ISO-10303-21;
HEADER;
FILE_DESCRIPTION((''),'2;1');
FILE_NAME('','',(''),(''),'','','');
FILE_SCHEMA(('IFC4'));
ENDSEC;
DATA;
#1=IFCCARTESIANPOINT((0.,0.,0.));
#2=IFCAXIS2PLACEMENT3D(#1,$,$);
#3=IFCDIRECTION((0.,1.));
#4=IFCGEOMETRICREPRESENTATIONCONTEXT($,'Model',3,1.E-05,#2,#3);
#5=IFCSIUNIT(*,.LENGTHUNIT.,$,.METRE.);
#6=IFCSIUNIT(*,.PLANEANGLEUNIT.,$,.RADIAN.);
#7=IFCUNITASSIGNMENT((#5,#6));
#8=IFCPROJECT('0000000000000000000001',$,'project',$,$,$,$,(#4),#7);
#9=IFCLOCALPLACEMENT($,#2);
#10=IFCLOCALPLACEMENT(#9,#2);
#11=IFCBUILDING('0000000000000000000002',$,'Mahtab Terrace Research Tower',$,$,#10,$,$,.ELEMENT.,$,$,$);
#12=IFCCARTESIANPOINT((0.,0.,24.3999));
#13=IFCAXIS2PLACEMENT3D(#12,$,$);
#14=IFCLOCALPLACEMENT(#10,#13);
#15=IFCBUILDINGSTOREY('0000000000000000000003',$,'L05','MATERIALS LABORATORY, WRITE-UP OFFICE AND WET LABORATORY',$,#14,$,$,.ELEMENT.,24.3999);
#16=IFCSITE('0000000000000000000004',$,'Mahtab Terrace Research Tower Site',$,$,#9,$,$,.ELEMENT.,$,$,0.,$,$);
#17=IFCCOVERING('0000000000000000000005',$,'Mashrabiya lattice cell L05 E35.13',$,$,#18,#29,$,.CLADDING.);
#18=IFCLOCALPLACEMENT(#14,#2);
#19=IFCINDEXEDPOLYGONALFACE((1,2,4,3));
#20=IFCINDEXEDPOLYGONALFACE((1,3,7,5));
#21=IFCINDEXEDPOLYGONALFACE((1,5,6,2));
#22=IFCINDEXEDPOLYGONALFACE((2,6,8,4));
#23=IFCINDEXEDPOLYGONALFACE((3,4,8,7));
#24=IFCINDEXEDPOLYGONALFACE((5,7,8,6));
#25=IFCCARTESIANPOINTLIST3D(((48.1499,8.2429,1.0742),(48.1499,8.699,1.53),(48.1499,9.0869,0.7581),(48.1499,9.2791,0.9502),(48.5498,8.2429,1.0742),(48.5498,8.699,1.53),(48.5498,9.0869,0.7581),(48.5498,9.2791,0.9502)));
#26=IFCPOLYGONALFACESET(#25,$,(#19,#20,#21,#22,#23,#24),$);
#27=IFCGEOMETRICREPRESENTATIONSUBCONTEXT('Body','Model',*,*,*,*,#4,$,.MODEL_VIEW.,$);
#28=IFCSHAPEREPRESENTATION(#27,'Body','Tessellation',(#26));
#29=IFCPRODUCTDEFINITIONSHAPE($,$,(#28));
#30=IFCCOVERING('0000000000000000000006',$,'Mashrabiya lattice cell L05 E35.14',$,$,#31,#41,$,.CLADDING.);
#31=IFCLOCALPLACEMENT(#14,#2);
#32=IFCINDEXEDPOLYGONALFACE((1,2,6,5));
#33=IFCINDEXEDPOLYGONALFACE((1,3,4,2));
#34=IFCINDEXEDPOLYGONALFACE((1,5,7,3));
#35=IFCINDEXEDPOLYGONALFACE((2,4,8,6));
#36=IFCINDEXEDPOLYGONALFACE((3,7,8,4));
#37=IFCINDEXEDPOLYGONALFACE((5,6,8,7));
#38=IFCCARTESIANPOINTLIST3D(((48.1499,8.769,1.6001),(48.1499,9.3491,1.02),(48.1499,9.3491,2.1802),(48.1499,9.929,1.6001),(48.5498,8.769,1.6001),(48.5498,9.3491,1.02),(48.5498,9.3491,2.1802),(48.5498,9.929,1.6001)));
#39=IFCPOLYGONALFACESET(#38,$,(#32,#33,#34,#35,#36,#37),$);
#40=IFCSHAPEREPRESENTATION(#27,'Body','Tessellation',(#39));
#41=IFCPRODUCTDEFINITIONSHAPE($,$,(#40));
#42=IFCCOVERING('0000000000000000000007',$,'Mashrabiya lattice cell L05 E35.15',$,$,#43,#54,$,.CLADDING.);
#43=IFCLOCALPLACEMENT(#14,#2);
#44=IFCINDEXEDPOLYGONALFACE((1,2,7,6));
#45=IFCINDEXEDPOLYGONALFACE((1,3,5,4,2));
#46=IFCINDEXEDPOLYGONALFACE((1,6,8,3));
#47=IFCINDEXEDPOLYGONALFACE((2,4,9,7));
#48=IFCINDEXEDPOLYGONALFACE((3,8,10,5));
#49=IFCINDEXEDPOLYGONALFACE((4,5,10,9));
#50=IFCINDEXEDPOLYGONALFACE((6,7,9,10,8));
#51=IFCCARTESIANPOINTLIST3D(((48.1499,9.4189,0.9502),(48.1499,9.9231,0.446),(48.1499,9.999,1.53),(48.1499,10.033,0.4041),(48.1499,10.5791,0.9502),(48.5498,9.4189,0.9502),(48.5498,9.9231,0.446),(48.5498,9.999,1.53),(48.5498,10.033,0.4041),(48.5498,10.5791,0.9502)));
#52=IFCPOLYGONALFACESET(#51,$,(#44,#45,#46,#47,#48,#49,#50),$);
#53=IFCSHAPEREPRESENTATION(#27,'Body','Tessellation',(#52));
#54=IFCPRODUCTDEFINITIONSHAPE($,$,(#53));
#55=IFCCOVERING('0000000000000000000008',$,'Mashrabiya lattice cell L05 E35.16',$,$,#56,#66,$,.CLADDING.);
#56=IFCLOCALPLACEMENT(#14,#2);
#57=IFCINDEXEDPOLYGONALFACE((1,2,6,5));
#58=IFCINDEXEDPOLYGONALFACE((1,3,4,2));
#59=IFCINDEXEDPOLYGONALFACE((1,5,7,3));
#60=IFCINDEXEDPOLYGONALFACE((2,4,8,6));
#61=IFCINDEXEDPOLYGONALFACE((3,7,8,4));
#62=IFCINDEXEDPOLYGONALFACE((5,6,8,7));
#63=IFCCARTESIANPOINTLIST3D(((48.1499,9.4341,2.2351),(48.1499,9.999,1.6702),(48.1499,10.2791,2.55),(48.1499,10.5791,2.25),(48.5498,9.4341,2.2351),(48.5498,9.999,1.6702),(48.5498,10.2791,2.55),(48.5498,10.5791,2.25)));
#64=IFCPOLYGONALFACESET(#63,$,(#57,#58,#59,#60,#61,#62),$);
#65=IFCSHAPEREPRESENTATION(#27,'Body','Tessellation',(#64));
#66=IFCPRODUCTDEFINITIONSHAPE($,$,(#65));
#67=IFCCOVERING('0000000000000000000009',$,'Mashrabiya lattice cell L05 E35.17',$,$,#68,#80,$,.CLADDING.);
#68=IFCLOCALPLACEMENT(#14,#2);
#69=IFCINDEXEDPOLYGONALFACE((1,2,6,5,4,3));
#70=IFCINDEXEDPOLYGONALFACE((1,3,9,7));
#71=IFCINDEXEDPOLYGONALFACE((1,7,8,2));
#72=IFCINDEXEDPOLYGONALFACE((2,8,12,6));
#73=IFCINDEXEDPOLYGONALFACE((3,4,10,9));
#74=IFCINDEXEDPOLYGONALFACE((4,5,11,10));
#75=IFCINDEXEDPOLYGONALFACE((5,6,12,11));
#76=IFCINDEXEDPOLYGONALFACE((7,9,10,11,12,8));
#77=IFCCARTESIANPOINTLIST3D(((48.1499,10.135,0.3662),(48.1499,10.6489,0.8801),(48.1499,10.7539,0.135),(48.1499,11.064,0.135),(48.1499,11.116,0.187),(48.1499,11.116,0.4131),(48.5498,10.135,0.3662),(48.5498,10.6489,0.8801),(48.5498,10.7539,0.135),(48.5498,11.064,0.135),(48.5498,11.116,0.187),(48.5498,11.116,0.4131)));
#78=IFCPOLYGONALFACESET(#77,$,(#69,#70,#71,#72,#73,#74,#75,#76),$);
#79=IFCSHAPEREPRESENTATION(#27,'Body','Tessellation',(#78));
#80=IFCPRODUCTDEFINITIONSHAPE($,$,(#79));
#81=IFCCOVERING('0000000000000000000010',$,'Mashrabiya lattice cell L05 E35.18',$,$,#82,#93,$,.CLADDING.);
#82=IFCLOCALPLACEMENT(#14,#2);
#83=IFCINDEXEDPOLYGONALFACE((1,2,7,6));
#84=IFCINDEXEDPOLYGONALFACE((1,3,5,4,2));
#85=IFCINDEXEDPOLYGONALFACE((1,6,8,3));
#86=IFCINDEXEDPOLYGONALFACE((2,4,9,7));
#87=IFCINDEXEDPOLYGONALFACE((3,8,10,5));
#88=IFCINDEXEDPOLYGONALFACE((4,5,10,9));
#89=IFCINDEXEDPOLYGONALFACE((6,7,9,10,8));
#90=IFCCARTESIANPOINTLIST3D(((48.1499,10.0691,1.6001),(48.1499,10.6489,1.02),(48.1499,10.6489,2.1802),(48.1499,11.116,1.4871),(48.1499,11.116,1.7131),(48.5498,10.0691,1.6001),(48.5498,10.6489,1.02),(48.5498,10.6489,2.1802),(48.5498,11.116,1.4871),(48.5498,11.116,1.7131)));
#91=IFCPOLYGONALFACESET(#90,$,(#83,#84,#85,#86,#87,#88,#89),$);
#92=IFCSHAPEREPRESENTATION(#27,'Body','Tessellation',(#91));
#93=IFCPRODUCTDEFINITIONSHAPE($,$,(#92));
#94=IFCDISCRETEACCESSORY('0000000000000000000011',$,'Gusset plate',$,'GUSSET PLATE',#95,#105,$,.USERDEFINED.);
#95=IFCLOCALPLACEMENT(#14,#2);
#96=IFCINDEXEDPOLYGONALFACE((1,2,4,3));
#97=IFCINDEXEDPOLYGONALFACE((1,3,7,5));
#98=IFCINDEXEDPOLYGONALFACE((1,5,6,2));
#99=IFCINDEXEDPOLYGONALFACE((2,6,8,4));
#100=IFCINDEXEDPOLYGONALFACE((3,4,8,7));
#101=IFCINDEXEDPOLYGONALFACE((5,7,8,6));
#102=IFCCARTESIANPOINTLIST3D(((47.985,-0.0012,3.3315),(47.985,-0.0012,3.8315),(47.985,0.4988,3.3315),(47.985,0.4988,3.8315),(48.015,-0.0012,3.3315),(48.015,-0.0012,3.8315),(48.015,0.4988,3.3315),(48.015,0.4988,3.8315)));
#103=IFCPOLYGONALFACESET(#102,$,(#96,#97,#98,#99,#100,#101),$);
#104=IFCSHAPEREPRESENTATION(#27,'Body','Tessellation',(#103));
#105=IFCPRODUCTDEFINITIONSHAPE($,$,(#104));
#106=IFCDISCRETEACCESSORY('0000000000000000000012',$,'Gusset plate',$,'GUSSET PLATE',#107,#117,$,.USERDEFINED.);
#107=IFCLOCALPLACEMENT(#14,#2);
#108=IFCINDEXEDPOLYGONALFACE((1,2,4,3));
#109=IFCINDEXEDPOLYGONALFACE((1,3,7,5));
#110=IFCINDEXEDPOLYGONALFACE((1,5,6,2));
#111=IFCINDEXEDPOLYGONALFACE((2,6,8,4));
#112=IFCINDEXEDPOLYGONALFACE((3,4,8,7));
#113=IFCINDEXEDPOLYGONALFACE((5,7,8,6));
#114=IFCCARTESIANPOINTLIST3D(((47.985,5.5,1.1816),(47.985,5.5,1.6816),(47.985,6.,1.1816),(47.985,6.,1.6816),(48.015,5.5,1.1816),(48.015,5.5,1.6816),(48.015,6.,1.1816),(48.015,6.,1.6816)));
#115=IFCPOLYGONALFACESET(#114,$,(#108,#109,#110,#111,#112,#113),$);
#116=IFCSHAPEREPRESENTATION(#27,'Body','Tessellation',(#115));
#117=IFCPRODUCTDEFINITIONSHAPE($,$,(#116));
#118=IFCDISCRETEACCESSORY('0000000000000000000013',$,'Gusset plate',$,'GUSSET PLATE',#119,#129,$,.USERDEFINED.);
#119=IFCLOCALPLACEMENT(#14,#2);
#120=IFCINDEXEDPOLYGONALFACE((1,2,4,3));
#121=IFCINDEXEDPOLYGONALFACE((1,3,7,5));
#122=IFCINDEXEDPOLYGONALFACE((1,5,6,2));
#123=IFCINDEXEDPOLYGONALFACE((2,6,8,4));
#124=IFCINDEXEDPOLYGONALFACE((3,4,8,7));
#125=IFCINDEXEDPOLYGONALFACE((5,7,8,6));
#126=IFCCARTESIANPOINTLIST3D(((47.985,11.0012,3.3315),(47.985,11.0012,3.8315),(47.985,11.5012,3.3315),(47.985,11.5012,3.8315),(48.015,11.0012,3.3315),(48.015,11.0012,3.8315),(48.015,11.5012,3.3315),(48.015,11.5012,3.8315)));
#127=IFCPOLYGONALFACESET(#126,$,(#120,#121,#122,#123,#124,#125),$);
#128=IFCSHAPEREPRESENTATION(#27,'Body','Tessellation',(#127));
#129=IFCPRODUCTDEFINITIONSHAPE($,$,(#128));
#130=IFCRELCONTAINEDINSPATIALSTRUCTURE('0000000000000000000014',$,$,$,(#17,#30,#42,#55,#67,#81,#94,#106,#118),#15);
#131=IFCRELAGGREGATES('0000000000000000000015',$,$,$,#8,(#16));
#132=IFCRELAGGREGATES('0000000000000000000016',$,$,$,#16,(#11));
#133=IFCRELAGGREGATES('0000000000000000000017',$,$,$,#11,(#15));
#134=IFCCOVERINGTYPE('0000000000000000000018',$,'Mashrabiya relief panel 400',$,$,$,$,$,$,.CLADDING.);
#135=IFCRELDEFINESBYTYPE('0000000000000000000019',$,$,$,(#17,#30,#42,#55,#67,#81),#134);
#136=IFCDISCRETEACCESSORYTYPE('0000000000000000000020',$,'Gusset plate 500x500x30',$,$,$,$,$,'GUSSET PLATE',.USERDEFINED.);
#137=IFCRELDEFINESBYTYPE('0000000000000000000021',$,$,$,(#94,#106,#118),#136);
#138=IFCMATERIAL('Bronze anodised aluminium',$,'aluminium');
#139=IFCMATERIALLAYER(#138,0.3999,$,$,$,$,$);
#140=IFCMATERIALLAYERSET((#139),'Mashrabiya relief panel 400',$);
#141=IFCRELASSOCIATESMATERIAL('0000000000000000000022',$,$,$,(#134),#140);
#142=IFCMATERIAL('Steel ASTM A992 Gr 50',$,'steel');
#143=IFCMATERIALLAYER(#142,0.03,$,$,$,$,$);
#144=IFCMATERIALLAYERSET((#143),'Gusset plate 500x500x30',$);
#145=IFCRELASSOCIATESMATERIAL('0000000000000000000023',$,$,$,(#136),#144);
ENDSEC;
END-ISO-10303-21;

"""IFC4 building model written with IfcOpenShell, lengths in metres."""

from ifc_helpers import new_model, si_unit, direction, frame, origin, origin_2d, place, context, subcontext, project, spatial, polyline, rectangle, outline, extrude, material, layer, layer_set, type_object, element, save


model = new_model("IFC4")

# Units and contexts
model_context = context("Model", 3, precision=1e-05, world=origin(), true_north=direction((0.0, 1.0)))
body_context = subcontext(model_context, "Body", "Model", "MODEL_VIEW")
ifc_project = project(units=[si_unit("LENGTHUNIT", "METRE"), si_unit("PLANEANGLEUNIT", "RADIAN")], contexts=[model_context])

# Site, building, storey
site_placement = place(None, origin())
site = spatial("IfcSite", under=ifc_project, at=site_placement, Name="Mahtab Terrace Research Tower Site", CompositionType="ELEMENT", RefElevation=0.0)
building_placement = place(site_placement, origin())
building = spatial("IfcBuilding", under=site, at=building_placement, Name="Mahtab Terrace Research Tower", CompositionType="ELEMENT")
storey_placement = place(building_placement, frame((0.0, 0.0, 24.3999)))
storey = spatial("IfcBuildingStorey", under=building, at=storey_placement, Name="L05", Description="MATERIALS LABORATORY, WRITE-UP OFFICE AND WET LABORATORY", CompositionType="ELEMENT", Elevation=24.3999)

# Shared definitions
ifc_material_1 = material(Name="Steel ASTM A992 Gr 50", Category="steel")

# Coverings
ifc_material_2 = material(Name="Bronze anodised aluminium", Category="aluminium")
ifc_layer_1 = layer(ifc_material_2, 0.3999)
ifc_layer_set_1 = layer_set([ifc_layer_1], Name="Mashrabiya relief panel 400")
covering_type = type_object("IfcCoveringType", Name="Mashrabiya relief panel 400", PredefinedType="CLADDING", material=ifc_layer_set_1)
covering_1_placement = place(storey_placement, frame((48.1499, 8.699, 1.53), z_axis=(-1.0, 0.0, 0.0), x_axis=(0.0, 0.707256, -0.706958)))
element("IfcCovering", 1, at=covering_1_placement, inside=storey, type_object=covering_type, Name="Mashrabiya lattice cell L05 E35.13", PredefinedType="CLADDING", context=body_context, shape_type="SweptSolid", body=[
    extrude(outline(polyline([(0.0, 0.0), (0.8202, 0.0), (0.8201, 0.2717), (-0.0003, 0.6448), (0.0, 0.0)])), origin(), (0.0, 0.0, -1.0), 0.3999),
])
covering_2_placement = place(storey_placement, frame((48.1499, 9.3491, 2.1802), z_axis=(-1.0, 0.0, 0.0), x_axis=(0.0, 0.706958, -0.707256)))
element("IfcCovering", 2, at=covering_2_placement, inside=storey, type_object=covering_type, Name="Mashrabiya lattice cell L05 E35.14", PredefinedType="CLADDING", context=body_context, shape_type="SweptSolid", body=[
    extrude(outline(polyline([(0.0, 0.0), (0.8202, 0.0), (0.8205, 0.8202), (0.0002, 0.8204), (0.0, 0.0)])), origin(), (0.0, 0.0, -1.0), 0.3999),
])
covering_3_placement = place(storey_placement, frame((48.1499, 9.4189, 0.9502), z_axis=(-1.0, 0.0, 0.0), x_axis=(0.0, 0.707256, 0.706958)))
element("IfcCovering", 3, at=covering_3_placement, inside=storey, type_object=covering_type, Name="Mashrabiya lattice cell L05 E35.15", PredefinedType="CLADDING", context=body_context, shape_type="SweptSolid", body=[
    extrude(outline(polyline([(0.0, 0.0), (0.8202, 0.0), (0.8205, 0.8202), (0.0482, 0.8203), (0.0002, 0.713), (0.0, 0.0)])), origin(), (0.0, 0.0, -1.0), 0.3999),
])
covering_4_placement = place(storey_placement, frame((48.1499, 10.5791, 2.25), z_axis=(-1.0, 0.0, 0.0), x_axis=(0.0, -0.707256, -0.706958)))
element("IfcCovering", 4, at=covering_4_placement, inside=storey, type_object=covering_type, Name="Mashrabiya lattice cell L05 E35.16", PredefinedType="CLADDING", context=body_context, shape_type="SweptSolid", body=[
    extrude(outline(polyline([(0.0, 0.0), (0.8202, 0.0), (0.8203, 0.7989), (0.0001, 0.4243), (0.0, 0.0)])), origin(), (0.0, 0.0, -1.0), 0.3999),
])
covering_5_placement = place(storey_placement, frame((48.1499, 11.064, 0.135), z_axis=(-1.0, 0.0, 0.0), x_axis=(0.0, -1.0, 0.0)))
element("IfcCovering", 5, at=covering_5_placement, inside=storey, type_object=covering_type, Name="Mashrabiya lattice cell L05 E35.17", PredefinedType="CLADDING", context=body_context, shape_type="SweptSolid", body=[
    extrude(outline(polyline([(0.0, 0.0), (0.3101, 0.0), (0.929, 0.2312), (0.415, 0.7451), (-0.052, 0.2781), (-0.052, 0.052), (0.0, 0.0)])), origin(), (0.0, 0.0, -1.0), 0.3999),
])
covering_6_placement = place(storey_placement, frame((48.1499, 10.6489, 1.02), z_axis=(-1.0, 0.0, 0.0), x_axis=(0.0, -0.706958, 0.707256)))
element("IfcCovering", 6, at=covering_6_placement, inside=storey, type_object=covering_type, Name="Mashrabiya lattice cell L05 E35.18", PredefinedType="CLADDING", context=body_context, shape_type="SweptSolid", body=[
    extrude(outline(polyline([(0.0, 0.0), (0.8202, 0.0), (0.8205, 0.8202), (0.16, 0.8203), (0.0001, 0.6605), (0.0, 0.0)])), origin(), (0.0, 0.0, -1.0), 0.3999),
])

# Discrete accessories
ifc_layer_2 = layer(ifc_material_1, 0.03)
ifc_layer_set_2 = layer_set([ifc_layer_2], Name="Gusset plate 500x500x30")
discrete_accessory_type = type_object("IfcDiscreteAccessoryType", Name="Gusset plate 500x500x30", ElementType="GUSSET PLATE", PredefinedType="USERDEFINED", material=ifc_layer_set_2)
for number, where, z_axis, x_axis, name in (
    (7, (48.0, 0.2488, 3.3315), (0.0, 0.0, 1.0), (0.0, 1.0, 0.0), "Gusset plate"),
    (8, (48.0, 5.75, 1.1816), (0.0, 0.0, 1.0), (0.0, 1.0, 0.0), "Gusset plate"),
    (9, (48.0, 11.2512, 3.3315), (0.0, 0.0, 1.0), (0.0, 1.0, 0.0), "Gusset plate"),
):
    element("IfcDiscreteAccessory", number, at=place(storey_placement, frame(where, z_axis=z_axis, x_axis=x_axis)), inside=storey, type_object=discrete_accessory_type, Name=name, ObjectType="GUSSET PLATE", PredefinedType="USERDEFINED", context=body_context, shape_type="SweptSolid", body=[
        extrude(rectangle(XDim=0.5, YDim=0.03, at=origin_2d()), origin(), (0.0, 0.0, 1.0), 0.5),
    ])

save(model, "model.ifc")
